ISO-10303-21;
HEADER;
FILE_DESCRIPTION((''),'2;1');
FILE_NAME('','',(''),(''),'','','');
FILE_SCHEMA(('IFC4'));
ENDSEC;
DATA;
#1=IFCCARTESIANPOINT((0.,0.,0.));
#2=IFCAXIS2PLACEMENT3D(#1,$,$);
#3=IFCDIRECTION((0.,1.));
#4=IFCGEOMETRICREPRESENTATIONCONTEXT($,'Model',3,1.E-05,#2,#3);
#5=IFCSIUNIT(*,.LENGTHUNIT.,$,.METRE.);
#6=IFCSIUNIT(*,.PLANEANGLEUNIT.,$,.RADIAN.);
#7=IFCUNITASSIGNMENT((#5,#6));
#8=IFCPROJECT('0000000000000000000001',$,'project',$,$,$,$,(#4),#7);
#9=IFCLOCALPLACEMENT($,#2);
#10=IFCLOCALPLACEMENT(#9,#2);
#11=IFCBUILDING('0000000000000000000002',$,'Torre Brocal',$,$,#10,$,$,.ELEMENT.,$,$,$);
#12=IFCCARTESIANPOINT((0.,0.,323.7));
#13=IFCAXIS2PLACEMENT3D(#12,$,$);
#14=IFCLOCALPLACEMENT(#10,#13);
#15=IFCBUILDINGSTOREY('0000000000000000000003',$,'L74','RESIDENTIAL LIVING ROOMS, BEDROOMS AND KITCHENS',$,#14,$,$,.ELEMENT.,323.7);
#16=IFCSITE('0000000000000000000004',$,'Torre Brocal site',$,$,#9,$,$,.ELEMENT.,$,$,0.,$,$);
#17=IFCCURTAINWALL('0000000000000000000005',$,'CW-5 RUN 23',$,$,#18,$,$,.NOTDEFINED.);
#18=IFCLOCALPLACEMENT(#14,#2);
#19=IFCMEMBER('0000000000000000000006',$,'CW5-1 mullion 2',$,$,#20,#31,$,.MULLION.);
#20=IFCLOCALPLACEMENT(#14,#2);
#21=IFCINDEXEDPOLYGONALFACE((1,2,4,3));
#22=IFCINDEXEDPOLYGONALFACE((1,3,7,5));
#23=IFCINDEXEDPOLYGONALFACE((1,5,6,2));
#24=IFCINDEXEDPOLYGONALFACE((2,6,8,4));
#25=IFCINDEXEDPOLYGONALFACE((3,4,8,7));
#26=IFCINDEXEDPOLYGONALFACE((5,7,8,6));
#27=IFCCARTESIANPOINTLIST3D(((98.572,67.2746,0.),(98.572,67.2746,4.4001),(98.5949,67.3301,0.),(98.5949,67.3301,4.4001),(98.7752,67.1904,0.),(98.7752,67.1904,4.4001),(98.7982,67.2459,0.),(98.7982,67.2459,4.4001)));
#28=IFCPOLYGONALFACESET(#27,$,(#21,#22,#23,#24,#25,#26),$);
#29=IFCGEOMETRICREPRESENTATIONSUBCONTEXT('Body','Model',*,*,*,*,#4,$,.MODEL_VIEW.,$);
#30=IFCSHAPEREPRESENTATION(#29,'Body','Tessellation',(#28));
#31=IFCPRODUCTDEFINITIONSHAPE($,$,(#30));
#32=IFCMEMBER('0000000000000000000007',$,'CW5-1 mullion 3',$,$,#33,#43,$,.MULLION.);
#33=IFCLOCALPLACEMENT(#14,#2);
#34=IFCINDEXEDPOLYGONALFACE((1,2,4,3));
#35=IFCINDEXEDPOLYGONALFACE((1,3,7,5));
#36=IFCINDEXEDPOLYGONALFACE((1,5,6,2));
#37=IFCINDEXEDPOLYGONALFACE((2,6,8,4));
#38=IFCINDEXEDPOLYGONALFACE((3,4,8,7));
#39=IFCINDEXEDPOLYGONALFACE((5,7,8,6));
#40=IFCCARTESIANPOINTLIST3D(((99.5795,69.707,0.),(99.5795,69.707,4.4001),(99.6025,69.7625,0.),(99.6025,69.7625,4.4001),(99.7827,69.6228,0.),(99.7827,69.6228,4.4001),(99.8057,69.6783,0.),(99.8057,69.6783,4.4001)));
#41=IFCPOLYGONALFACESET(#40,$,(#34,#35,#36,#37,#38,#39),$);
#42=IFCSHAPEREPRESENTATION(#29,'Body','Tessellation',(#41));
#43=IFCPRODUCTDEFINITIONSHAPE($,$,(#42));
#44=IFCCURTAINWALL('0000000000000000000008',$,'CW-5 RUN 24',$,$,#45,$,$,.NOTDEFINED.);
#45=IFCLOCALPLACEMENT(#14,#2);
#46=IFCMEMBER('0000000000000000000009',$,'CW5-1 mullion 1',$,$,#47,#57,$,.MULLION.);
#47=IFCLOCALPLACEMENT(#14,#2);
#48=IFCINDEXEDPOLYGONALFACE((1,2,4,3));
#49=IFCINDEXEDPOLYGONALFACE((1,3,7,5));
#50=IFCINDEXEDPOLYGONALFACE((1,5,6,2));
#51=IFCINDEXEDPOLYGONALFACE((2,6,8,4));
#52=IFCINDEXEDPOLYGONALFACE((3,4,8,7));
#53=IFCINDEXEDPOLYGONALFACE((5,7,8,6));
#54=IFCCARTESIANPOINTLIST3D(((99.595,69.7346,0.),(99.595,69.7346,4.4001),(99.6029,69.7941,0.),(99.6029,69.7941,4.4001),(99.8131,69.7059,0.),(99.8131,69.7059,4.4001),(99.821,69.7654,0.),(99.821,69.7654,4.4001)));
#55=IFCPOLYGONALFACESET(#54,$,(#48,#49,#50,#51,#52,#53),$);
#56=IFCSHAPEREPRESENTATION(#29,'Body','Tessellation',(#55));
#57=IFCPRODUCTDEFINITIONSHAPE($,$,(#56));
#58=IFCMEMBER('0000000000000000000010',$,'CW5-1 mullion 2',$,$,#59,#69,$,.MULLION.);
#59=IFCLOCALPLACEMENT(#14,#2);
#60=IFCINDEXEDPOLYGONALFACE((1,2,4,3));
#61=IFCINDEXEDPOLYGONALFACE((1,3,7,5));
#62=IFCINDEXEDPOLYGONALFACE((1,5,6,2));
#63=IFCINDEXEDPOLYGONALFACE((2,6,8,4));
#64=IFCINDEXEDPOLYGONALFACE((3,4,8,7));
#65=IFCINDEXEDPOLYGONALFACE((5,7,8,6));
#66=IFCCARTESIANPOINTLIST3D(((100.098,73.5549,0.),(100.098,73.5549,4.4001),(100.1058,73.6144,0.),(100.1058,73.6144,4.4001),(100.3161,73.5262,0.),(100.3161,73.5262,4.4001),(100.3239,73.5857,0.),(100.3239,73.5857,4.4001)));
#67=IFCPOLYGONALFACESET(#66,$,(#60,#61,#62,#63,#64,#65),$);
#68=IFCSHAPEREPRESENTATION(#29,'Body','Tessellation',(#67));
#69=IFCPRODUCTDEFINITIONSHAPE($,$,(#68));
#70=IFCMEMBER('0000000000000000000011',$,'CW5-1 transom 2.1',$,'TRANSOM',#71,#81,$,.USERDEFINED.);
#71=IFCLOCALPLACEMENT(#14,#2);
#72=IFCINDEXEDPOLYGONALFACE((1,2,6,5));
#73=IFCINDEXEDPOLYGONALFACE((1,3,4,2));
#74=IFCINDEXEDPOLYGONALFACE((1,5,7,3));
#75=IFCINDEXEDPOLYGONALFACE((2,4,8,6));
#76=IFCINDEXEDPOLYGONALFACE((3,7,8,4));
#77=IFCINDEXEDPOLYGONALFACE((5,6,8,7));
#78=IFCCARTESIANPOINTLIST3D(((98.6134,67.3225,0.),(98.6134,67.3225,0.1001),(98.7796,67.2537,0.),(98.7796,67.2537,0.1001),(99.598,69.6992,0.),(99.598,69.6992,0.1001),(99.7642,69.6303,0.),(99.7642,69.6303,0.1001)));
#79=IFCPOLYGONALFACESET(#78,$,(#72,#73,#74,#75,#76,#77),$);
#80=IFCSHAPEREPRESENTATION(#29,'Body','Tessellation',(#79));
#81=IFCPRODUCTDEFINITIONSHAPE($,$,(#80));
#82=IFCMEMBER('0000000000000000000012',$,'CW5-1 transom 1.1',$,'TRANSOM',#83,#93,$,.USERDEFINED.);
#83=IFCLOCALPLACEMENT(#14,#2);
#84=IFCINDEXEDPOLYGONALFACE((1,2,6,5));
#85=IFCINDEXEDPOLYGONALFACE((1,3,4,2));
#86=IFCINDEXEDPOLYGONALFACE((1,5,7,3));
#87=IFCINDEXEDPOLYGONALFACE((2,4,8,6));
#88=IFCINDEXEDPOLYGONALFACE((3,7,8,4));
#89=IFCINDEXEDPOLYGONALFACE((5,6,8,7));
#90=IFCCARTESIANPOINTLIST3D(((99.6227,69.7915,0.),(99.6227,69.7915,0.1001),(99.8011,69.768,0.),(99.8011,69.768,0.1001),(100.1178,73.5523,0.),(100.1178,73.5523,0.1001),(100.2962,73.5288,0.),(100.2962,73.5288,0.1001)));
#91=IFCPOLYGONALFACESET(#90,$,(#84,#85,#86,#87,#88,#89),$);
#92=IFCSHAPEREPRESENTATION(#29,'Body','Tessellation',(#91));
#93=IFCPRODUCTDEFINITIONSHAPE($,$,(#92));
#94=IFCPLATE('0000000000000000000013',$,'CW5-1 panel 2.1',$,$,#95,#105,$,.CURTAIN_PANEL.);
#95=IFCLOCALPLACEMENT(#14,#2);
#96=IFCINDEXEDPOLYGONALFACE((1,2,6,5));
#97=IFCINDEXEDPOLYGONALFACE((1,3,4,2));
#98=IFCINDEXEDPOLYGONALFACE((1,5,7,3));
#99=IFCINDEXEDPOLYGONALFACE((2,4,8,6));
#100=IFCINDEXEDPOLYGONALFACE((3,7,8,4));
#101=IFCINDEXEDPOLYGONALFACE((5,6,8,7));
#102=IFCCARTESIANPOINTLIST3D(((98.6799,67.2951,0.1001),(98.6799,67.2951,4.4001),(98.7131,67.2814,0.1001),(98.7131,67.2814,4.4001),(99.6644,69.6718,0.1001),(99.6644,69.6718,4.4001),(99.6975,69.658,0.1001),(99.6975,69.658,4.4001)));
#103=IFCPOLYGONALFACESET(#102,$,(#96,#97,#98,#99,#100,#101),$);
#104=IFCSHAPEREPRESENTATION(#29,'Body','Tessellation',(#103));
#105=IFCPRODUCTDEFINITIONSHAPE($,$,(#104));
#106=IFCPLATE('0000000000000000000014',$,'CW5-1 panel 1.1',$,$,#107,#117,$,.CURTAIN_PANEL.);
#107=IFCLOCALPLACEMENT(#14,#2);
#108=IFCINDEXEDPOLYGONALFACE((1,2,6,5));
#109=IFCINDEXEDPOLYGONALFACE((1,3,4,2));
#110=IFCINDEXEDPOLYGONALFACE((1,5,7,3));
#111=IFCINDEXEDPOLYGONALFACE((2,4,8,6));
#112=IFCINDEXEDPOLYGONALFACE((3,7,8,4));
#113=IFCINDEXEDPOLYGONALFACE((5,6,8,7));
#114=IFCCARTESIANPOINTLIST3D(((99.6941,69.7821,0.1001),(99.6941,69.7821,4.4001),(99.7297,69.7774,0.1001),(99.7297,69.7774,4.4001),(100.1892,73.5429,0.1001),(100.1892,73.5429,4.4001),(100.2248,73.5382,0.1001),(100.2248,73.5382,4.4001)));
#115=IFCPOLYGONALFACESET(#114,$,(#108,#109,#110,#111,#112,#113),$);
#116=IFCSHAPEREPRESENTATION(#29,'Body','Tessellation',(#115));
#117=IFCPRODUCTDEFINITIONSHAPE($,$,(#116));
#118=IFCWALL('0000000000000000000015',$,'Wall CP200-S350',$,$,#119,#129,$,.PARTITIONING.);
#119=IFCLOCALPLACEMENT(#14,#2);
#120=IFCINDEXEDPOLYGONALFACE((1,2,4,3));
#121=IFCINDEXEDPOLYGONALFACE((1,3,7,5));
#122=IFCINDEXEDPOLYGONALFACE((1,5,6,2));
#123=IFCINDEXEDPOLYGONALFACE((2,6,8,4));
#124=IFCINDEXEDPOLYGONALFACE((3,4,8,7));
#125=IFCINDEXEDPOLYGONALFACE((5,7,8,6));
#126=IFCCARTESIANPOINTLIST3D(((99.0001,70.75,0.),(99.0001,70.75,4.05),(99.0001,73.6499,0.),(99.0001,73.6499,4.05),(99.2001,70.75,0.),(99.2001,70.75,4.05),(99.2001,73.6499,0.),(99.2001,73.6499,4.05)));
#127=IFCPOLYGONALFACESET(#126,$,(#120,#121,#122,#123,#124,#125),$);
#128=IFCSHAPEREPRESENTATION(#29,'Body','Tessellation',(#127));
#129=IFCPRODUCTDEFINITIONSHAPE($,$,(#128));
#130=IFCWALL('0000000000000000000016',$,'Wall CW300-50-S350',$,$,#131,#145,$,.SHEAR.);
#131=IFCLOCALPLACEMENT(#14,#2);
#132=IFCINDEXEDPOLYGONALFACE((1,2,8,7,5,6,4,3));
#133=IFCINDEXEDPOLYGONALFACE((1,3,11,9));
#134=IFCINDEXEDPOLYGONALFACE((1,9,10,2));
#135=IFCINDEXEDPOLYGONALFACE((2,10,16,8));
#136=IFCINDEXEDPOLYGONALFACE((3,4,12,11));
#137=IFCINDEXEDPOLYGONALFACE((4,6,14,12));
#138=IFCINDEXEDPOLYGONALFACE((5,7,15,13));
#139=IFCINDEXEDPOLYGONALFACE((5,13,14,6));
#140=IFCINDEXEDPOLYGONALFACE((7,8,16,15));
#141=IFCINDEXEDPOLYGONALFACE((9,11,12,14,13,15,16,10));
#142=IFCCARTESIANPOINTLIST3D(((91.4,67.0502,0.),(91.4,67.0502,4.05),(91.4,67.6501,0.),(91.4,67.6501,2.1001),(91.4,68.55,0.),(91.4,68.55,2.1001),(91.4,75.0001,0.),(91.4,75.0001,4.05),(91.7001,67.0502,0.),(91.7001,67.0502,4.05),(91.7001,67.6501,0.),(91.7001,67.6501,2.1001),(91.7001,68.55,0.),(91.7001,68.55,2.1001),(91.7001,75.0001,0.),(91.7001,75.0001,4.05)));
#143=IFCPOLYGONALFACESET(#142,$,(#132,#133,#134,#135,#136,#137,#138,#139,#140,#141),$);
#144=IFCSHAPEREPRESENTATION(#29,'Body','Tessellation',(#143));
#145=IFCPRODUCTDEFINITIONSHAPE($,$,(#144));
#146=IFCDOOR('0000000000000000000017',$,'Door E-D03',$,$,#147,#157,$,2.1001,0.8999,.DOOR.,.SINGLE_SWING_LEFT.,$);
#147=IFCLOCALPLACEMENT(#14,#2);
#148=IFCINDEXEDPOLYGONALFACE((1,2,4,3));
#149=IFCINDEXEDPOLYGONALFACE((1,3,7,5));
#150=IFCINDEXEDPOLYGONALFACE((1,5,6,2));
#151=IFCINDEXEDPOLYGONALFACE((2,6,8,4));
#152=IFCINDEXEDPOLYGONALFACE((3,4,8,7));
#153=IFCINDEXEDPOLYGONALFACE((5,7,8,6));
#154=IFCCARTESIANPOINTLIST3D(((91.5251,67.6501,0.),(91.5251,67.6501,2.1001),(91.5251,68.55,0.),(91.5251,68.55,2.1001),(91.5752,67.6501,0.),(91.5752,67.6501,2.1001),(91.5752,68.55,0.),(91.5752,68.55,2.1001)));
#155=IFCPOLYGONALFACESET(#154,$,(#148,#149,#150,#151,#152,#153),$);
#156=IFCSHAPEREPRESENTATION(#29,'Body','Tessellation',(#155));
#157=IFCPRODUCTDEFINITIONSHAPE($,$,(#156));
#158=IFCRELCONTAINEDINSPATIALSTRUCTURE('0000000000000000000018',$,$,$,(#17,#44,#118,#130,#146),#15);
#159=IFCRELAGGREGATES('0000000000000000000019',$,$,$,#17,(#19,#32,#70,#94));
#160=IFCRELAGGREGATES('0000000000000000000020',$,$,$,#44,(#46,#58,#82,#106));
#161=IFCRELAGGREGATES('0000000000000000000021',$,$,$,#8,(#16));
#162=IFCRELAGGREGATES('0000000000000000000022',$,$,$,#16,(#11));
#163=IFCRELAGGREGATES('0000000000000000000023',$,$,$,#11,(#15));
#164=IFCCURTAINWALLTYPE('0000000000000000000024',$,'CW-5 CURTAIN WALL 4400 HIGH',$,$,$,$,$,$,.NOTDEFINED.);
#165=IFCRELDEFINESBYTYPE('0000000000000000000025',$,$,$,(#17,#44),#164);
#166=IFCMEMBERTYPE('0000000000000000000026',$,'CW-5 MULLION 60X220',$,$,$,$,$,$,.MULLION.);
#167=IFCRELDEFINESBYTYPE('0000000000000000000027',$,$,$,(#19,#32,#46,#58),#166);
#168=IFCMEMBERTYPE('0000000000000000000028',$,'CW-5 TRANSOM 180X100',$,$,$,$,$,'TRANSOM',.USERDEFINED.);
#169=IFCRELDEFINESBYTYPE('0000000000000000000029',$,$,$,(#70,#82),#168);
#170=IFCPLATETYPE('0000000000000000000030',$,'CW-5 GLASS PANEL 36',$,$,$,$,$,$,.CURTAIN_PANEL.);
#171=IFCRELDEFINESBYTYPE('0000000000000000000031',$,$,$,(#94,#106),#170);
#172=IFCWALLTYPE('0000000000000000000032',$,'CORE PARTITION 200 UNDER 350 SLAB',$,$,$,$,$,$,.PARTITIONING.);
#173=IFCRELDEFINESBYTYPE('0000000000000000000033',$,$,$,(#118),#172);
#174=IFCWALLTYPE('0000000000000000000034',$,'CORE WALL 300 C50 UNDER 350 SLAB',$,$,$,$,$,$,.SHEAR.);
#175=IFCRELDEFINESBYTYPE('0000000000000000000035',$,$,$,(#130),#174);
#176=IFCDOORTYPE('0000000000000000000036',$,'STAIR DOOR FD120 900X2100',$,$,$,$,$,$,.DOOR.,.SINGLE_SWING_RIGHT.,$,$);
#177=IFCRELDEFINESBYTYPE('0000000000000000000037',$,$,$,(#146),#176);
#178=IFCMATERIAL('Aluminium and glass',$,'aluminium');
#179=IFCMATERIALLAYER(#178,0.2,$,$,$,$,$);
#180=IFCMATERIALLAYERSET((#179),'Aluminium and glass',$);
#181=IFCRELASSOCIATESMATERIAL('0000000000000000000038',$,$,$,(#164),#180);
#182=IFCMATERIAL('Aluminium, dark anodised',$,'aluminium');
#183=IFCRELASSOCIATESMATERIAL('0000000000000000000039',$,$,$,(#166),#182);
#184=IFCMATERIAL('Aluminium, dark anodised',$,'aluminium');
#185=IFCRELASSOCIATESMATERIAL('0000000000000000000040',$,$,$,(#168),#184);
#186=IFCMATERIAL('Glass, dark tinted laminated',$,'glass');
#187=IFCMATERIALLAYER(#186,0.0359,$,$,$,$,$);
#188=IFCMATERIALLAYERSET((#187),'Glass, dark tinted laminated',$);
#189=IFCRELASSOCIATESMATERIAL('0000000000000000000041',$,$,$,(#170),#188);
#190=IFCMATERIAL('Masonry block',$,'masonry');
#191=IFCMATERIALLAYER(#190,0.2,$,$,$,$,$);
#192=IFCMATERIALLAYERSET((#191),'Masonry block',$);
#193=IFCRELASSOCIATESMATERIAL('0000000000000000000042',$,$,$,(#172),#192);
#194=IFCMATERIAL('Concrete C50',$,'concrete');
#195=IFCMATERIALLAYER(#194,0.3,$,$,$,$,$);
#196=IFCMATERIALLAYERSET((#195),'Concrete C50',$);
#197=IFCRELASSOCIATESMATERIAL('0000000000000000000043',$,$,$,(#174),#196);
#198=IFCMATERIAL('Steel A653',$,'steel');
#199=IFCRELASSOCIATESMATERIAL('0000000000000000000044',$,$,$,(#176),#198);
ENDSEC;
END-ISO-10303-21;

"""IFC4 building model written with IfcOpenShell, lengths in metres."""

from ifc_helpers import new_model, si_unit, direction, frame, frame_2d, origin, origin_2d, place, context, subcontext, project, spatial, rectangle, extrude, material, layer, layer_set, material_profile, profile_set, type_object, element, fill, aggregate, save


model = new_model("IFC4")

# Units and contexts
model_context = context("Model", 3, precision=1e-05, world=origin(), true_north=direction((0.0, 1.0)))
body_context = subcontext(model_context, "Body", "Model", "MODEL_VIEW")
ifc_project = project(units=[si_unit("LENGTHUNIT", "METRE"), si_unit("PLANEANGLEUNIT", "RADIAN")], contexts=[model_context])

# Site, building, storey
site_placement = place(None, origin())
site = spatial("IfcSite", under=ifc_project, at=site_placement, Name="Torre Brocal site", CompositionType="ELEMENT", RefElevation=0.0)
building_placement = place(site_placement, origin())
building = spatial("IfcBuilding", under=site, at=building_placement, Name="Torre Brocal", CompositionType="ELEMENT")
storey_placement = place(building_placement, frame((0.0, 0.0, 323.7)))
storey = spatial("IfcBuildingStorey", under=building, at=storey_placement, Name="L74", Description="RESIDENTIAL LIVING ROOMS, BEDROOMS AND KITCHENS", CompositionType="ELEMENT", Elevation=323.7)

# Curtain walls, members
ifc_material_1 = material(Name="Aluminium and glass", Category="aluminium")
ifc_layer_1 = layer(ifc_material_1, 0.2)
ifc_layer_set_1 = layer_set([ifc_layer_1], Name="Aluminium and glass")
curtain_wall_type = type_object("IfcCurtainWallType", Name="CW-5 CURTAIN WALL 4400 HIGH", PredefinedType="NOTDEFINED", material=ifc_layer_set_1)
curtain_wall_1_placement = place(storey_placement, origin())
curtain_wall_1 = element("IfcCurtainWall", 1, at=curtain_wall_1_placement, inside=storey, type_object=curtain_wall_type, Name="CW-5 RUN 23", PredefinedType="NOTDEFINED")
ifc_material_2 = material(Name="Aluminium, dark anodised", Category="aluminium")
ifc_material_profile_1 = material_profile(ifc_material_2, rectangle(XDim=0.22, YDim=0.0601, at=origin_2d()), Name="CW-5 MULLION 60X220")
ifc_profile_set_1 = profile_set([ifc_material_profile_1], Name="Aluminium, dark anodised")
member_type_1 = type_object("IfcMemberType", Name="CW-5 MULLION 60X220", PredefinedType="MULLION", material=ifc_profile_set_1)
member_1_placement = place(storey_placement, frame((98.6851, 67.2603, 0.0), z_axis=(0.0, 0.0, 1.0), x_axis=(-0.92388, 0.382683, 0.0)))
member_1 = element("IfcMember", 2, at=member_1_placement, type_object=member_type_1, Name="CW5-1 mullion 2", PredefinedType="MULLION", context=body_context, shape_type="SweptSolid", body=[
    extrude(rectangle(XDim=0.22, YDim=0.0601, at=origin_2d()), origin(), (0.0, 0.0, 1.0), 4.4001),
])
member_2_placement = place(storey_placement, frame((99.6926, 69.6926, 0.0), z_axis=(0.0, 0.0, 1.0), x_axis=(-0.92388, 0.382683, 0.0)))
member_2 = element("IfcMember", 3, at=member_2_placement, type_object=member_type_1, Name="CW5-1 mullion 3", PredefinedType="MULLION", context=body_context, shape_type="SweptSolid", body=[
    extrude(rectangle(XDim=0.22, YDim=0.0601, at=origin_2d()), origin(), (0.0, 0.0, 1.0), 4.4001),
])
curtain_wall_2_placement = place(storey_placement, origin())
curtain_wall_2 = element("IfcCurtainWall", 4, at=curtain_wall_2_placement, inside=storey, type_object=curtain_wall_type, Name="CW-5 RUN 24", PredefinedType="NOTDEFINED")
member_3_placement = place(storey_placement, frame((99.708, 69.75, 0.0), z_axis=(0.0, 0.0, 1.0), x_axis=(-0.991445, 0.130526, 0.0)))
member_3 = element("IfcMember", 5, at=member_3_placement, type_object=member_type_1, Name="CW5-1 mullion 1", PredefinedType="MULLION", context=body_context, shape_type="SweptSolid", body=[
    extrude(rectangle(XDim=0.22, YDim=0.0601, at=origin_2d()), origin(), (0.0, 0.0, 1.0), 4.4001),
])
member_4_placement = place(storey_placement, frame((100.2109, 73.5703, 0.0), z_axis=(0.0, 0.0, 1.0), x_axis=(-0.991445, 0.130526, 0.0)))
member_4 = element("IfcMember", 6, at=member_4_placement, type_object=member_type_1, Name="CW5-1 mullion 2", PredefinedType="MULLION", context=body_context, shape_type="SweptSolid", body=[
    extrude(rectangle(XDim=0.22, YDim=0.0601, at=origin_2d()), origin(), (0.0, 0.0, 1.0), 4.4001),
])

# Members
ifc_material_3 = material(Name="Aluminium, dark anodised", Category="aluminium")
ifc_material_profile_2 = material_profile(ifc_material_3, rectangle(XDim=0.1799, YDim=0.1001, at=origin_2d()), Name="CW-5 TRANSOM 180X100")
ifc_profile_set_2 = profile_set([ifc_material_profile_2], Name="Aluminium, dark anodised")
member_type_2 = type_object("IfcMemberType", Name="CW-5 TRANSOM 180X100", ElementType="TRANSOM", PredefinedType="USERDEFINED", material=ifc_profile_set_2)
member_5_placement = place(storey_placement, frame((98.6965, 67.2881, 0.05), z_axis=(0.382735, 0.923858, 0.0), x_axis=(-0.923858, 0.382735, 0.0)))
member_5 = element("IfcMember", 7, at=member_5_placement, type_object=member_type_2, Name="CW5-1 transom 2.1", ObjectType="TRANSOM", PredefinedType="USERDEFINED", context=body_context, shape_type="SweptSolid", body=[
    extrude(rectangle(XDim=0.1799, YDim=0.1001, at=origin_2d()), origin(), (0.0, 0.0, 1.0), 2.5725),
])
member_6_placement = place(storey_placement, frame((99.7119, 69.7798, 0.05), z_axis=(0.130528, 0.991445, 0.0), x_axis=(-0.991445, 0.130528, 0.0)))
member_6 = element("IfcMember", 8, at=member_6_placement, type_object=member_type_2, Name="CW5-1 transom 1.1", ObjectType="TRANSOM", PredefinedType="USERDEFINED", context=body_context, shape_type="SweptSolid", body=[
    extrude(rectangle(XDim=0.1799, YDim=0.1001, at=origin_2d()), origin(), (0.0, 0.0, 1.0), 3.7932),
])

# Plates
ifc_material_4 = material(Name="Glass, dark tinted laminated", Category="glass")
ifc_layer_2 = layer(ifc_material_4, 0.0359)
ifc_layer_set_2 = layer_set([ifc_layer_2], Name="Glass, dark tinted laminated")
plate_type = type_object("IfcPlateType", Name="CW-5 GLASS PANEL 36", PredefinedType="CURTAIN_PANEL", material=ifc_layer_set_2)
plate_1_placement = place(storey_placement, frame((99.1887, 68.4766, 0.1001), z_axis=(0.0, 0.0, 1.0), x_axis=(0.382683, 0.92388, 0.0)))
plate_1 = element("IfcPlate", 9, at=plate_1_placement, type_object=plate_type, Name="CW5-1 panel 2.1", PredefinedType="CURTAIN_PANEL", context=body_context, shape_type="SweptSolid", body=[
    extrude(rectangle(XDim=2.5725, YDim=0.0359, at=origin_2d()), origin(), (0.0, 0.0, 1.0), 4.3),
])
aggregate(curtain_wall_1, [member_1, member_2, member_5, plate_1])
plate_2_placement = place(storey_placement, frame((99.9595, 71.6602, 0.1001), z_axis=(0.0, 0.0, 1.0), x_axis=(0.130526, 0.991445, 0.0)))
plate_2 = element("IfcPlate", 10, at=plate_2_placement, type_object=plate_type, Name="CW5-1 panel 1.1", PredefinedType="CURTAIN_PANEL", context=body_context, shape_type="SweptSolid", body=[
    extrude(rectangle(XDim=3.7932, YDim=0.0359, at=origin_2d()), origin(), (0.0, 0.0, 1.0), 4.3),
])
aggregate(curtain_wall_2, [member_3, member_4, member_6, plate_2])

# Wall
ifc_material_5 = material(Name="Masonry block", Category="masonry")
ifc_layer_3 = layer(ifc_material_5, 0.2)
ifc_layer_set_3 = layer_set([ifc_layer_3], Name="Masonry block")
wall_type_1 = type_object("IfcWallType", Name="CORE PARTITION 200 UNDER 350 SLAB", PredefinedType="PARTITIONING", material=ifc_layer_set_3)
wall_1_placement = place(storey_placement, frame((99.1001, 70.75, 0.0), z_axis=(0.0, 0.0, 1.0), x_axis=(0.0, 1.0, 0.0)))
element("IfcWall", 11, at=wall_1_placement, inside=storey, type_object=wall_type_1, Name="Wall CP200-S350", PredefinedType="PARTITIONING", context=body_context, shape_type="SweptSolid", body=[
    extrude(rectangle(XDim=2.8999, YDim=0.2, at=frame_2d((1.45, 0.0))), origin(), (0.0, 0.0, 1.0), 4.05),
])

# Wall, opening, door
ifc_material_6 = material(Name="Concrete C50", Category="concrete")
ifc_layer_4 = layer(ifc_material_6, 0.3)
ifc_layer_set_4 = layer_set([ifc_layer_4], Name="Concrete C50")
wall_type_2 = type_object("IfcWallType", Name="CORE WALL 300 C50 UNDER 350 SLAB", PredefinedType="SHEAR", material=ifc_layer_set_4)
wall_2_placement = place(storey_placement, frame((91.55, 67.05, 0.0), z_axis=(0.0, 0.0, 1.0), x_axis=(0.0, 1.0, 0.0)))
wall_2 = element("IfcWall", 12, at=wall_2_placement, inside=storey, type_object=wall_type_2, Name="Wall CW300-50-S350", PredefinedType="SHEAR", context=body_context, shape_type="SweptSolid", body=[
    extrude(rectangle(XDim=7.95, YDim=0.3, at=frame_2d((3.9751, 0.0))), origin(), (0.0, 0.0, 1.0), 4.05),
])
opening_1_placement = place(wall_2_placement, frame((0.6001, 0.0, 0.0)))
opening_1 = element("IfcOpeningElement", 13, at=opening_1_placement, cuts=wall_2, PredefinedType="OPENING", context=body_context, shape_type="SweptSolid", body=[
    extrude(rectangle(XDim=0.8999, YDim=2.1001, at=frame_2d((0.45, 1.05))), frame((0.0, 0.1599, 0.0), z_axis=(0.0, -1.0, 0.0), x_axis=(1.0, 0.0, 0.0)), (0.0, 0.0, 1.0), 0.3201),
])
ifc_material_7 = material(Name="Steel A653", Category="steel")
door_type_1 = type_object("IfcDoorType", Name="STAIR DOOR FD120 900X2100", OperationType="SINGLE_SWING_RIGHT", PredefinedType="DOOR", material=ifc_material_7)
door_1_placement = place(opening_1_placement, origin())
door_1 = element("IfcDoor", 14, at=door_1_placement, inside=storey, type_object=door_type_1, Name="Door E-D03", OperationType="SINGLE_SWING_LEFT", OverallHeight=2.1001, OverallWidth=0.8999, PredefinedType="DOOR", context=body_context, shape_type="SweptSolid", body=[
    extrude(rectangle(XDim=0.8999, YDim=2.1001, at=frame_2d((0.45, 1.05))), frame((0.0, 0.0249, 0.0), z_axis=(0.0, -1.0, 0.0), x_axis=(1.0, 0.0, 0.0)), (0.0, 0.0, 1.0), 0.05),
])
fill(opening_1, door_1)

save(model, "model.ifc")
